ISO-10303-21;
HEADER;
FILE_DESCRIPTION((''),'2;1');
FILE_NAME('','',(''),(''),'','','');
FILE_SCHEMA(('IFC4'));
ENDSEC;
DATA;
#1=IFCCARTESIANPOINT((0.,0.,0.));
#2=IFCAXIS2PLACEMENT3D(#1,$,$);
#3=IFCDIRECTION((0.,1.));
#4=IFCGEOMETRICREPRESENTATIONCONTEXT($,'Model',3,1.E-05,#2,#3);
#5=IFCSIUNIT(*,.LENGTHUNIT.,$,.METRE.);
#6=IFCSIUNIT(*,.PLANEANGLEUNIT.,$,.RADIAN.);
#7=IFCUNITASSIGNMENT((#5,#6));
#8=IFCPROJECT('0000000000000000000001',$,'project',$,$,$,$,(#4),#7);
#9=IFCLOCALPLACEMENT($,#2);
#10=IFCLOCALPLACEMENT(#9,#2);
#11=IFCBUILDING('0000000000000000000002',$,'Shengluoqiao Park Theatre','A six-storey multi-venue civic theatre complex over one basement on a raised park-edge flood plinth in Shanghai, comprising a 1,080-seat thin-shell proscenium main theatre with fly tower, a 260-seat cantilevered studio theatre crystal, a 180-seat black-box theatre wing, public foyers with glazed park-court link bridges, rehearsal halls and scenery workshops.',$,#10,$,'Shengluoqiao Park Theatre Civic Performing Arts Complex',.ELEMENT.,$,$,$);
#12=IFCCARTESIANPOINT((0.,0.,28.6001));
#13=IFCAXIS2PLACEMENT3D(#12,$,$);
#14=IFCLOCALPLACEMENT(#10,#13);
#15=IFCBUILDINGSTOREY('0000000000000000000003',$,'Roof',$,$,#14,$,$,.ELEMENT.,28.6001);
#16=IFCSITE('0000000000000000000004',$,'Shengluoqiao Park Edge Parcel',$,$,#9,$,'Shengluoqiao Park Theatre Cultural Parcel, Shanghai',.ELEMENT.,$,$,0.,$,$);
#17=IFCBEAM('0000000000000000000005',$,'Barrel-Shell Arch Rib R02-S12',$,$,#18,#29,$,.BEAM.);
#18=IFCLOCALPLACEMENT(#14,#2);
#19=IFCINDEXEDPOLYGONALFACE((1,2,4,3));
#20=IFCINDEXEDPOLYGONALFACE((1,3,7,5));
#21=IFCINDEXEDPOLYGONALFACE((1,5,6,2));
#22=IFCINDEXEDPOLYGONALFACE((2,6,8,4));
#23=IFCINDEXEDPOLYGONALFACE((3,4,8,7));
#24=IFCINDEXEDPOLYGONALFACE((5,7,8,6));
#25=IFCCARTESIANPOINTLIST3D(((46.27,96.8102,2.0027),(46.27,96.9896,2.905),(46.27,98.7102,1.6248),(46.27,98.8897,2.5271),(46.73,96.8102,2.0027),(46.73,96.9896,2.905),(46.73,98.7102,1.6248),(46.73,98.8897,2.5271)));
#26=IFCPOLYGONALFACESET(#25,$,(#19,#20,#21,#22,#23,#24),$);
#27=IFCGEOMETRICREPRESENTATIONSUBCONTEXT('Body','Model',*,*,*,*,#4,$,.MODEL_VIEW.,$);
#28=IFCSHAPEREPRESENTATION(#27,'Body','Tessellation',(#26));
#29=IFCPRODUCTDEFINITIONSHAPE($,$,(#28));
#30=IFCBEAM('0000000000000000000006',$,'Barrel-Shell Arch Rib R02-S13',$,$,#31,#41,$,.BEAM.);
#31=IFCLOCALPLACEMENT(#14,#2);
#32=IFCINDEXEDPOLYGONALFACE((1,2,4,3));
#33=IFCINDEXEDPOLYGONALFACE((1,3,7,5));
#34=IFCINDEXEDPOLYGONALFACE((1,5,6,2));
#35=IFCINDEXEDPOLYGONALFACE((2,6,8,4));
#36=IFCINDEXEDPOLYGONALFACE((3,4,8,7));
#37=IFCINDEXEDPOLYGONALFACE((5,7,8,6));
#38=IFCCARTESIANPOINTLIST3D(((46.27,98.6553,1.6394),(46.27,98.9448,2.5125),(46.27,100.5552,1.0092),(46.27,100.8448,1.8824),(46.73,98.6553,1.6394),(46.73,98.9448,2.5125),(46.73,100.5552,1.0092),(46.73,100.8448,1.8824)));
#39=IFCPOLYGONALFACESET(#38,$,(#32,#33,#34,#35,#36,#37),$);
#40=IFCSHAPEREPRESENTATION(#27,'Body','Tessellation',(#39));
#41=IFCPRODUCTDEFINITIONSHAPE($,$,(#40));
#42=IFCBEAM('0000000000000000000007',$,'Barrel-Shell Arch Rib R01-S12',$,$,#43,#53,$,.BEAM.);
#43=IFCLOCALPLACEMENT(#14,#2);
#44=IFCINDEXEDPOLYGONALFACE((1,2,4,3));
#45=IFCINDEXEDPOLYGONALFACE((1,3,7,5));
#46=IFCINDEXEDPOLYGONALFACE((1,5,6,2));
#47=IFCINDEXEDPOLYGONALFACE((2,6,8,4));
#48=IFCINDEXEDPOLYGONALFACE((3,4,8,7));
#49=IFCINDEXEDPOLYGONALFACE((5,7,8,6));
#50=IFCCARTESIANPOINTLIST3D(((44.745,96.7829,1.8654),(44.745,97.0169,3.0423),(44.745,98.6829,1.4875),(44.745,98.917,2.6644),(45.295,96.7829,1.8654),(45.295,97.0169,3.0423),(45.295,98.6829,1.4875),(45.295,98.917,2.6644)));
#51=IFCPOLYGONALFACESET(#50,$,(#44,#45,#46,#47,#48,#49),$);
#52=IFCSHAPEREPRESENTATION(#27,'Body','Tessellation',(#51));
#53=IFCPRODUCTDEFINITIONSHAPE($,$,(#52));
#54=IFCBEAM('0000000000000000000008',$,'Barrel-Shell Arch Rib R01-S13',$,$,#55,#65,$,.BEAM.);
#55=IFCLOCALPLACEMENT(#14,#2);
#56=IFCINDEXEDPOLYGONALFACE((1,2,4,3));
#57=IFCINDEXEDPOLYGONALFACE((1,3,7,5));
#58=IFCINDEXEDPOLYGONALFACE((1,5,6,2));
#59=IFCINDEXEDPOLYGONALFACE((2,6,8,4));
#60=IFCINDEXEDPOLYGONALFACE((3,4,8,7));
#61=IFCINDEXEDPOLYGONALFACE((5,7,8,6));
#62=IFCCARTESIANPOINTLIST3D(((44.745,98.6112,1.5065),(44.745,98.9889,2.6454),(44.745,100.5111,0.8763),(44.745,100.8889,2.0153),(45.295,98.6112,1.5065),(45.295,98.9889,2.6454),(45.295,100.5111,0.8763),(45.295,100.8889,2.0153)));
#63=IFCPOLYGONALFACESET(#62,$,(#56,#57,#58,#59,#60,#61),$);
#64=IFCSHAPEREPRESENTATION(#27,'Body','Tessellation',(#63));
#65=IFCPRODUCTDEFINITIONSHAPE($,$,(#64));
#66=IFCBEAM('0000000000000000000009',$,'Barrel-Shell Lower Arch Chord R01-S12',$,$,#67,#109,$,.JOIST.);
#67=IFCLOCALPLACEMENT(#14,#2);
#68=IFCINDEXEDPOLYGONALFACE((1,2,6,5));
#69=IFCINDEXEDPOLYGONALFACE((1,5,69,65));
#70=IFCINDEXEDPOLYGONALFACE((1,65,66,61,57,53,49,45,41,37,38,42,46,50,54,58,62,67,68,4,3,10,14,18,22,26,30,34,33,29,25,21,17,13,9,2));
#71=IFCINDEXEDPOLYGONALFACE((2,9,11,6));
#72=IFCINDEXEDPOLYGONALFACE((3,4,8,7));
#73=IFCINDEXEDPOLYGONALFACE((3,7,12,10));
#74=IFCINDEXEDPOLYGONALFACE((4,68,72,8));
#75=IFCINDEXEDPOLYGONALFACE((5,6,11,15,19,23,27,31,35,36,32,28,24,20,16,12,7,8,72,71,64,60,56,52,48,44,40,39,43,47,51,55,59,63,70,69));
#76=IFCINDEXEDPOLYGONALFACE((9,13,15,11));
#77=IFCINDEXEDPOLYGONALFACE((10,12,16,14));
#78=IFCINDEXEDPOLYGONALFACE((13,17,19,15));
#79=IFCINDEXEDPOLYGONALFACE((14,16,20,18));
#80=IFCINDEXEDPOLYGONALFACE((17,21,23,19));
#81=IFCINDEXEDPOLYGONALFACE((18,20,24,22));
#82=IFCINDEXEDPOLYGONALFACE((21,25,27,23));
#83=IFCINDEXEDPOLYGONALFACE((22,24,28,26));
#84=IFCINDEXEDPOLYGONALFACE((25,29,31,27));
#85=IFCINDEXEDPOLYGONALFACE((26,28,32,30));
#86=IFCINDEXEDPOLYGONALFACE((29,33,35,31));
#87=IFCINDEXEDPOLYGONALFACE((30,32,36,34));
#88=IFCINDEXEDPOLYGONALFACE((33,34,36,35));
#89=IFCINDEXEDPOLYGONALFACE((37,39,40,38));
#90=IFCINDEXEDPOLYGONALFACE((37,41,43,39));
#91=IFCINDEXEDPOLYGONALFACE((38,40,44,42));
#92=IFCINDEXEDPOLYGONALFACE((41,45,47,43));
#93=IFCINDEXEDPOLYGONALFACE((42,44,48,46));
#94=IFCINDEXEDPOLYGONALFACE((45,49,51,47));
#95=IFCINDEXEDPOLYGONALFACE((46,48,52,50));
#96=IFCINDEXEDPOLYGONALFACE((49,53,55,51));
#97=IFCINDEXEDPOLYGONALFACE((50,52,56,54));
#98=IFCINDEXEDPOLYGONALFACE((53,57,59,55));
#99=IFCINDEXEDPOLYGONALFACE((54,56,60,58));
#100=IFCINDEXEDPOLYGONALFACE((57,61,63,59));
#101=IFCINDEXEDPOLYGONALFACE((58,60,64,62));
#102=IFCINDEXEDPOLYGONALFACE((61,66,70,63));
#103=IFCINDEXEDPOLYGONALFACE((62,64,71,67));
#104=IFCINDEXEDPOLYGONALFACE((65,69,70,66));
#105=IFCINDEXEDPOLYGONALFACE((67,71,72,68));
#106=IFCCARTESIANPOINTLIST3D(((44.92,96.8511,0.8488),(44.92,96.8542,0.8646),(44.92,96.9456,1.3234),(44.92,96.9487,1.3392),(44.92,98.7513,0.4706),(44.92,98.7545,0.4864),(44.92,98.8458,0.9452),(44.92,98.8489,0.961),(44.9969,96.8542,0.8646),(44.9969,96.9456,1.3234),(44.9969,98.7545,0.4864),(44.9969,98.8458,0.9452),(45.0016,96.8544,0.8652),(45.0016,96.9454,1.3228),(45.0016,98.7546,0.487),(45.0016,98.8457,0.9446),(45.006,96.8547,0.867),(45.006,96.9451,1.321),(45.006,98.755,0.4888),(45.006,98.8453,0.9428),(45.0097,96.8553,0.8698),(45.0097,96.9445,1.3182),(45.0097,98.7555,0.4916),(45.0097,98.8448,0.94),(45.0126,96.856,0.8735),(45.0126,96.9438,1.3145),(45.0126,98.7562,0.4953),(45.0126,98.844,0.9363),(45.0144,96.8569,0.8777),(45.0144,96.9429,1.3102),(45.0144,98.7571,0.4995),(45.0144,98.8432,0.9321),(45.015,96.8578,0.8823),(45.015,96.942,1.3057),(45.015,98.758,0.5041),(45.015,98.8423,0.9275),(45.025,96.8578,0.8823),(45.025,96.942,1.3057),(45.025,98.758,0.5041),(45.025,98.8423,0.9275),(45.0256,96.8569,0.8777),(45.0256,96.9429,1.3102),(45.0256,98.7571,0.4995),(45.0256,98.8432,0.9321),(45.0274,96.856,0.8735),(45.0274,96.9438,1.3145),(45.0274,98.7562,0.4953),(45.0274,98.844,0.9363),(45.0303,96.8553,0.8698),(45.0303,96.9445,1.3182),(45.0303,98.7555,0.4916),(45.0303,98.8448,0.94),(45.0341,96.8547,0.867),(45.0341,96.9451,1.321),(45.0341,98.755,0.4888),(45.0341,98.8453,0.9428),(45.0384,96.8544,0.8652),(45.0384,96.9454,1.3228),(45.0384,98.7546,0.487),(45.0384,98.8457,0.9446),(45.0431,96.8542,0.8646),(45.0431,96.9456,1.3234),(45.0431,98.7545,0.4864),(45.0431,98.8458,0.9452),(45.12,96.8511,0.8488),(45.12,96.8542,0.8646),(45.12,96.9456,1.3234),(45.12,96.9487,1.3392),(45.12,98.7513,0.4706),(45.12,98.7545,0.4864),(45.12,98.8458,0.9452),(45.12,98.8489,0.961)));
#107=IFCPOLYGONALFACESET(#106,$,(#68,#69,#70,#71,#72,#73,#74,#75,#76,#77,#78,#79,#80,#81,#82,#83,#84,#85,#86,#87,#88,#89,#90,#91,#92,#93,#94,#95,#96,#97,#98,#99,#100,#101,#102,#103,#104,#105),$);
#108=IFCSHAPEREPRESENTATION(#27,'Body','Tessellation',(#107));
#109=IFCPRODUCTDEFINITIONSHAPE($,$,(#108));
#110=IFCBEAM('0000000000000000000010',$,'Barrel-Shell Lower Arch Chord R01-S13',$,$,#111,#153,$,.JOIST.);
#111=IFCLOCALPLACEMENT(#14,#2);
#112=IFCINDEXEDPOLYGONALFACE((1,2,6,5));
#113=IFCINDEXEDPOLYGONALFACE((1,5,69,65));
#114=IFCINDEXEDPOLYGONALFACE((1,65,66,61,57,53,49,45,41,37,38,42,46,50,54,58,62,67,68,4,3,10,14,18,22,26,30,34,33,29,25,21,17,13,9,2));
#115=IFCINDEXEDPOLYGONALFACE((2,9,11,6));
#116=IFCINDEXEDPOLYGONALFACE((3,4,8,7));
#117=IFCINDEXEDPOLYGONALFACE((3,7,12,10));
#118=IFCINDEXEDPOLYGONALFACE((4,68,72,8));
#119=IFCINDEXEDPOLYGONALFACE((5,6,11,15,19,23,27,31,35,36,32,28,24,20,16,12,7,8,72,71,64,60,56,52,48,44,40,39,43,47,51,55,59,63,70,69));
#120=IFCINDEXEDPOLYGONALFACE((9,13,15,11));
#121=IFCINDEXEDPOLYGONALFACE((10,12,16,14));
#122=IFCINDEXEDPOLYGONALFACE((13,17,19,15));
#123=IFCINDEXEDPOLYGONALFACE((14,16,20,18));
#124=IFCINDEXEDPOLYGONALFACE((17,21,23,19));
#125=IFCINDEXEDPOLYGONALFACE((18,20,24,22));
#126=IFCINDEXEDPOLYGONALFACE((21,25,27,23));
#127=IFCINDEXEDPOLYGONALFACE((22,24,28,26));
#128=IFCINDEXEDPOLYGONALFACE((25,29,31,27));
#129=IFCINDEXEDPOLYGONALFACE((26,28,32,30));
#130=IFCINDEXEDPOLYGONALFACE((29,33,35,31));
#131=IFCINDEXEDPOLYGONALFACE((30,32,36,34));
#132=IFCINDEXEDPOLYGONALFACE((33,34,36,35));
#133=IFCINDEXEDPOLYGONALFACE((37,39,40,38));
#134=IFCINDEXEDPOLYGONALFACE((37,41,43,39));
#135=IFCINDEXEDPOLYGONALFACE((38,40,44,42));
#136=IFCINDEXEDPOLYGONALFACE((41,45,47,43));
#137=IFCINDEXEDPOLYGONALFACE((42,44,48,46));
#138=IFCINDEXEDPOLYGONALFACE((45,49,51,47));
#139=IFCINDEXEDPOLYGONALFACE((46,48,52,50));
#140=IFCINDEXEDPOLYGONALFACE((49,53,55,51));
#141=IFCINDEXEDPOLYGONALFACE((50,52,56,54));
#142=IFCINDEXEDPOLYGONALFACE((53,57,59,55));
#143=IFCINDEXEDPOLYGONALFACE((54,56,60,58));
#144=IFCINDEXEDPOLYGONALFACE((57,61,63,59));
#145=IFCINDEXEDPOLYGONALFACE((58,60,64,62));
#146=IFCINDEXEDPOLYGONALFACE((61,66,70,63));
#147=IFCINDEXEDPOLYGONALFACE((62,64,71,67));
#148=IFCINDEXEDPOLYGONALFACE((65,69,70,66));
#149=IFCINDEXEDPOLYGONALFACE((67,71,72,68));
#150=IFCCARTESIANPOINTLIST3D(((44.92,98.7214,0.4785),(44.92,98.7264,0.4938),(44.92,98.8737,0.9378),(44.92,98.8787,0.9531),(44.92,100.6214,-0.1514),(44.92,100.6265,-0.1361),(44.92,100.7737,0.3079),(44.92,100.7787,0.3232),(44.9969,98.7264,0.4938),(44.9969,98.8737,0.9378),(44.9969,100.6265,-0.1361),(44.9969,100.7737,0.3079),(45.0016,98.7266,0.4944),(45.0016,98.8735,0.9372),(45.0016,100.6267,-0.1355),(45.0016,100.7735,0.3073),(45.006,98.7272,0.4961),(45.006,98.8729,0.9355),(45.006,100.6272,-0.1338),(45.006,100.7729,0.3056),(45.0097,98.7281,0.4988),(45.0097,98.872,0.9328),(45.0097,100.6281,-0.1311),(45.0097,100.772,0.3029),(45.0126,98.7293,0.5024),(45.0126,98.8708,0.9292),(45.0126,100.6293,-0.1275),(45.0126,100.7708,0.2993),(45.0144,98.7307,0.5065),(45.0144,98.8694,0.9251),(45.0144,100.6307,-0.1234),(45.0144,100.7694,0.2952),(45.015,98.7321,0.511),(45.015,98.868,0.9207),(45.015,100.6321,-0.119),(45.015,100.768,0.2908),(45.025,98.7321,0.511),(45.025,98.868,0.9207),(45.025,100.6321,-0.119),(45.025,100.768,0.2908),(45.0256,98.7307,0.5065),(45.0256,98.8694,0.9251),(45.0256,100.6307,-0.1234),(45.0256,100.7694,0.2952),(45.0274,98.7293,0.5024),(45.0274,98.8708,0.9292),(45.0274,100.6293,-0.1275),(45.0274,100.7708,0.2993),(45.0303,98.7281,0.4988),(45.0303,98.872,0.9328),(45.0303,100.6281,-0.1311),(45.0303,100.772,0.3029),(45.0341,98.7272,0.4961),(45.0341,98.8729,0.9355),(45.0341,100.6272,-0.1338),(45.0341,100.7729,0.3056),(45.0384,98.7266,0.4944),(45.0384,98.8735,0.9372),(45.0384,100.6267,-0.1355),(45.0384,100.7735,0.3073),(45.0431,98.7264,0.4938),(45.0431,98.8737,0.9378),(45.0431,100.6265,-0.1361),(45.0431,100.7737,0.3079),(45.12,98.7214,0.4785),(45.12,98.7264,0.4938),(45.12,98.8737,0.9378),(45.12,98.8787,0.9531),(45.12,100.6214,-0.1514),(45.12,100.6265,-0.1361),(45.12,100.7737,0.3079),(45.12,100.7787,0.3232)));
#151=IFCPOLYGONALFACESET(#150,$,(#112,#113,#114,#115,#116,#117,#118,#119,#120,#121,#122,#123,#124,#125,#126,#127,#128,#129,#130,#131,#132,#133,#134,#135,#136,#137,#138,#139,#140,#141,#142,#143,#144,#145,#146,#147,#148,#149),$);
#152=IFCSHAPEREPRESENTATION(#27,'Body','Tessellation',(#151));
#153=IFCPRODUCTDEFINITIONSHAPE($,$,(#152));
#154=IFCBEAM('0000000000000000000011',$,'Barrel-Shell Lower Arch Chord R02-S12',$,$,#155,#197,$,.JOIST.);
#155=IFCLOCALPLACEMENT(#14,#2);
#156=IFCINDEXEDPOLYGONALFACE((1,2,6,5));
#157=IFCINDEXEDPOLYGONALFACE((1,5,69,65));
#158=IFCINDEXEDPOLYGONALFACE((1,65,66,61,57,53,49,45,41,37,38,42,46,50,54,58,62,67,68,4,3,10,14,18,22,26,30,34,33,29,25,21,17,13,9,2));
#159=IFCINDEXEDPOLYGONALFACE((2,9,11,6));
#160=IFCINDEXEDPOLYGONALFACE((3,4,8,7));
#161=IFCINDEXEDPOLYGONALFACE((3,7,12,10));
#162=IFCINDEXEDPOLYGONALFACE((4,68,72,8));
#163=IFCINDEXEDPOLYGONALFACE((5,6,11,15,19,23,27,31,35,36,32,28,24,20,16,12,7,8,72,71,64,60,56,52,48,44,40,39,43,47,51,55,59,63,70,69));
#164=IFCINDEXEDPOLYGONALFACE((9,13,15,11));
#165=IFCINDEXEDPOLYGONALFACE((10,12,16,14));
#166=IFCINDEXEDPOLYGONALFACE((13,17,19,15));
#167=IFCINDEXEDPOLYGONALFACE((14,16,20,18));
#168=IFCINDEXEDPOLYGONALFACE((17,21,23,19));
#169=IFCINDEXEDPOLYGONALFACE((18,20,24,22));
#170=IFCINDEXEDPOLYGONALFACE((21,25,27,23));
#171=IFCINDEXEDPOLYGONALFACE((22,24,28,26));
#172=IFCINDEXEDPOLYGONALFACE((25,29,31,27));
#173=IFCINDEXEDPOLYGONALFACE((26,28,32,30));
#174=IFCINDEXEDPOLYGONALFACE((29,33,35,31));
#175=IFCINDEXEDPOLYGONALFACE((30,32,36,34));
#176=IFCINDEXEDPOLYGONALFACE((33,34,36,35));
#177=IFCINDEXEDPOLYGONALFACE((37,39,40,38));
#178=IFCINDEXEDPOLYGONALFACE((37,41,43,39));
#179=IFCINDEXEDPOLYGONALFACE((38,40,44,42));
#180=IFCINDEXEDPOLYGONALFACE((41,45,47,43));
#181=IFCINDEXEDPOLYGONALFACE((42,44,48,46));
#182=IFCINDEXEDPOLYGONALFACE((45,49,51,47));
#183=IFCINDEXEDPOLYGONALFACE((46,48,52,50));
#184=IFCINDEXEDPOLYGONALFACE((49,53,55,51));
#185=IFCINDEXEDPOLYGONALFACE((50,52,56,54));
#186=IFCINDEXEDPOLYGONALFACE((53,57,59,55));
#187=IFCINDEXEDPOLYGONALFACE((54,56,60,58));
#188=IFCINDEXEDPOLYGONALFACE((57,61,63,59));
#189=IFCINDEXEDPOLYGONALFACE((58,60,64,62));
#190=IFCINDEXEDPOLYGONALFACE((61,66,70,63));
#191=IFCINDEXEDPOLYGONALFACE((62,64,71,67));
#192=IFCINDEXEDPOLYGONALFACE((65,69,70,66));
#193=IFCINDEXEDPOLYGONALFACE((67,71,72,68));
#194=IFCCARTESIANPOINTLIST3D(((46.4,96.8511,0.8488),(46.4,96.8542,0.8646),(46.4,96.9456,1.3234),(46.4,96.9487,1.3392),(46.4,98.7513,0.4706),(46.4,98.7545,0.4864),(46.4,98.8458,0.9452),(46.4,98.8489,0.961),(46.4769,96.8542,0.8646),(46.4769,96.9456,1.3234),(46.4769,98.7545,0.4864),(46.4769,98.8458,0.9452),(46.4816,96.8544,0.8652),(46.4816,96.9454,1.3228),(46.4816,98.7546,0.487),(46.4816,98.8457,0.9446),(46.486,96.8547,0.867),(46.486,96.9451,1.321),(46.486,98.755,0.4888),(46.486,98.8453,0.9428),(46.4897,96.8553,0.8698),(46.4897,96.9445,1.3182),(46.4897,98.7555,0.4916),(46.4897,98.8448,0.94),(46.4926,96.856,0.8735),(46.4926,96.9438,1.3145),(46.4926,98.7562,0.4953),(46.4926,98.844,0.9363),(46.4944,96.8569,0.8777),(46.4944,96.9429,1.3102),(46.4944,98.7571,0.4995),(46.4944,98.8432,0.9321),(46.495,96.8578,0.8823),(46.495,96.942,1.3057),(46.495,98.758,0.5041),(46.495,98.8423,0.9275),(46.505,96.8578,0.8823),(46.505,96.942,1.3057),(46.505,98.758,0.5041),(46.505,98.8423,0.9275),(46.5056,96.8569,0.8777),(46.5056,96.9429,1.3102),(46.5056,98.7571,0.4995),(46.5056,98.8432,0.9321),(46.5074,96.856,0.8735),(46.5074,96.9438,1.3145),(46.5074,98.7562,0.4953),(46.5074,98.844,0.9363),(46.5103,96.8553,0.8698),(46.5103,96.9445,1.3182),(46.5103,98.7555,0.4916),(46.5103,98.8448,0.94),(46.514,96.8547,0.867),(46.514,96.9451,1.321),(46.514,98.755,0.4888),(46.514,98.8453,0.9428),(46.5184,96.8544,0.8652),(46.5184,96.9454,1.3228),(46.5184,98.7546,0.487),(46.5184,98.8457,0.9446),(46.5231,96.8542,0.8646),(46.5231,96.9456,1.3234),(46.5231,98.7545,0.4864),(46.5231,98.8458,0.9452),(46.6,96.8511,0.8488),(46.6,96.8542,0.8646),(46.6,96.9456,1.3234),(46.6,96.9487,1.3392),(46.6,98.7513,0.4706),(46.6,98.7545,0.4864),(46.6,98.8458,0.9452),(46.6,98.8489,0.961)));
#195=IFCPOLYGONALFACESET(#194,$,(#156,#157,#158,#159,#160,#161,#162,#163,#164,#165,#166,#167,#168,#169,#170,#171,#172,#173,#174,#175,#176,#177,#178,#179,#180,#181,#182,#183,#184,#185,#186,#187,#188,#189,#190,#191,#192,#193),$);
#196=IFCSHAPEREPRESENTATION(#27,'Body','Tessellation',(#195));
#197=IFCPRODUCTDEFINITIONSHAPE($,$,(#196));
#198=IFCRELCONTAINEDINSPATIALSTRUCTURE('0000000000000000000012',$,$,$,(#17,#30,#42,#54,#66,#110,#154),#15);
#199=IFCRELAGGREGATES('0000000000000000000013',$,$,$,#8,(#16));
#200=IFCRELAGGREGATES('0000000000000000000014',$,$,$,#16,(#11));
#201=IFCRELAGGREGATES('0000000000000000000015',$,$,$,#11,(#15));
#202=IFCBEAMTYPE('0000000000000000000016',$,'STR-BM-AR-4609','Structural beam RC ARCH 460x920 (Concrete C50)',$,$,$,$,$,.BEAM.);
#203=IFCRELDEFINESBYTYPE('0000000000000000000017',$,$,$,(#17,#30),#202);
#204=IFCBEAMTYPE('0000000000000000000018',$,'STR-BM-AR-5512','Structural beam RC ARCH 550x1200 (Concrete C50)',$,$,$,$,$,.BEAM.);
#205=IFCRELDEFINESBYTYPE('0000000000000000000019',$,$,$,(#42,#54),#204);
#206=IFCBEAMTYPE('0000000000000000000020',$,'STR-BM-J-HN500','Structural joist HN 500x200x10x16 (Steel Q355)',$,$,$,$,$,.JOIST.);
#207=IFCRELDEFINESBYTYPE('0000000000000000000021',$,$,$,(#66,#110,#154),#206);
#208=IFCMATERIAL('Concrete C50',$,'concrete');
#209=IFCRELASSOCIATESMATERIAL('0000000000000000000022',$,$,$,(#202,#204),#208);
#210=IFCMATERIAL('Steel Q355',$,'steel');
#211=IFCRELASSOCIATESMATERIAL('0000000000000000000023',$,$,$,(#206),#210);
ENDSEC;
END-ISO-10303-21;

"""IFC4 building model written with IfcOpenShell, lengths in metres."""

from ifc_helpers import new_model, si_unit, direction, frame, origin, origin_2d, place, context, subcontext, project, spatial, rectangle, i_section, extrude, material, material_profile, profile_set, type_object, element, save


model = new_model("IFC4")

# Units and contexts
model_context = context("Model", 3, precision=1e-05, world=origin(), true_north=direction((0.0, 1.0)))
body_context = subcontext(model_context, "Body", "Model", "MODEL_VIEW")
ifc_project = project(units=[si_unit("LENGTHUNIT", "METRE"), si_unit("PLANEANGLEUNIT", "RADIAN")], contexts=[model_context])

# Site, building, storey
site_placement = place(None, origin())
site = spatial("IfcSite", under=ifc_project, at=site_placement, Name="Shengluoqiao Park Edge Parcel", LongName="Shengluoqiao Park Theatre Cultural Parcel, Shanghai", CompositionType="ELEMENT", RefElevation=0.0)
building_placement = place(site_placement, origin())
building = spatial("IfcBuilding", under=site, at=building_placement, Name="Shengluoqiao Park Theatre", Description="A six-storey multi-venue civic theatre complex over one basement on a raised park-edge flood plinth in Shanghai, comprising a 1,080-seat thin-shell proscenium main theatre with fly tower, a 260-seat cantilevered studio theatre crystal, a 180-seat black-box theatre wing, public foyers with glazed park-court link bridges, rehearsal halls and scenery workshops.", LongName="Shengluoqiao Park Theatre Civic Performing Arts Complex", CompositionType="ELEMENT")
storey_placement = place(building_placement, frame((0.0, 0.0, 28.6001)))
storey = spatial("IfcBuildingStorey", under=building, at=storey_placement, Name="Roof", CompositionType="ELEMENT", Elevation=28.6001)

# Beams
ifc_material_1 = material(Name="Concrete C50", Category="concrete")
ifc_material_profile_1 = material_profile(ifc_material_1, rectangle(XDim=0.46, YDim=0.9199, at=origin_2d()), Name="RC ARCH 460x920")
ifc_profile_set_1 = profile_set([ifc_material_profile_1], Name="Concrete C50")
beam_type_1 = type_object("IfcBeamType", Name="STR-BM-AR-4609", Description="Structural beam RC ARCH 460x920 (Concrete C50)", PredefinedType="BEAM", material=ifc_profile_set_1)
beam_1_placement = place(storey_placement, frame((46.5, 96.8999, 2.4539), z_axis=(0.0, 0.980789, -0.195074), x_axis=(-1.0, 0.0, 0.0)))
element("IfcBeam", 1, at=beam_1_placement, inside=storey, type_object=beam_type_1, Name="Barrel-Shell Arch Rib R02-S12", PredefinedType="BEAM", context=body_context, shape_type="SweptSolid", body=[
    extrude(rectangle(XDim=0.46, YDim=0.9199, at=origin_2d()), origin(), (0.0, 0.0, 1.0), 1.9373),
])
beam_2_placement = place(storey_placement, frame((46.5, 98.8, 2.0759), z_axis=(0.0, 0.949158, -0.3148), x_axis=(-1.0, 0.0, 0.0)))
element("IfcBeam", 2, at=beam_2_placement, inside=storey, type_object=beam_type_1, Name="Barrel-Shell Arch Rib R02-S13", PredefinedType="BEAM", context=body_context, shape_type="SweptSolid", body=[
    extrude(rectangle(XDim=0.46, YDim=0.9199, at=origin_2d()), origin(), (0.0, 0.0, 1.0), 2.0017),
])
ifc_material_profile_2 = material_profile(ifc_material_1, rectangle(XDim=0.55, YDim=1.2, at=origin_2d()), Name="RC ARCH 550x1200")
ifc_profile_set_2 = profile_set([ifc_material_profile_2], Name="Concrete C50")
beam_type_2 = type_object("IfcBeamType", Name="STR-BM-AR-5512", Description="Structural beam RC ARCH 550x1200 (Concrete C50)", PredefinedType="BEAM", material=ifc_profile_set_2)
beam_3_placement = place(storey_placement, frame((45.02, 96.8999, 2.4539), z_axis=(0.0, 0.980789, -0.195074), x_axis=(-1.0, 0.0, 0.0)))
element("IfcBeam", 3, at=beam_3_placement, inside=storey, type_object=beam_type_2, Name="Barrel-Shell Arch Rib R01-S12", PredefinedType="BEAM", context=body_context, shape_type="SweptSolid", body=[
    extrude(rectangle(XDim=0.55, YDim=1.2, at=origin_2d()), origin(), (0.0, 0.0, 1.0), 1.9373),
])
beam_4_placement = place(storey_placement, frame((45.02, 98.8, 2.0759), z_axis=(0.0, 0.949158, -0.3148), x_axis=(-1.0, 0.0, 0.0)))
element("IfcBeam", 4, at=beam_4_placement, inside=storey, type_object=beam_type_2, Name="Barrel-Shell Arch Rib R01-S13", PredefinedType="BEAM", context=body_context, shape_type="SweptSolid", body=[
    extrude(rectangle(XDim=0.55, YDim=1.2, at=origin_2d()), origin(), (0.0, 0.0, 1.0), 2.0017),
])
ifc_material_2 = material(Name="Steel Q355", Category="steel")
ifc_material_profile_3 = material_profile(ifc_material_2, i_section(OverallWidth=0.2, OverallDepth=0.5, WebThickness=0.01, FlangeThickness=0.0161, FilletRadius=0.0181, at=origin_2d()), Name="HN 500x200x10x16")
ifc_profile_set_3 = profile_set([ifc_material_profile_3], Name="Steel Q355")
beam_type_3 = type_object("IfcBeamType", Name="STR-BM-J-HN500", Description="Structural joist HN 500x200x10x16 (Steel Q355)", PredefinedType="JOIST", material=ifc_profile_set_3)
beam_5_placement = place(storey_placement, frame((45.02, 96.8999, 1.094), z_axis=(0.0, 0.980764, -0.195195), x_axis=(-1.0, 0.0, 0.0)))
element("IfcBeam", 5, at=beam_5_placement, inside=storey, type_object=beam_type_3, Name="Barrel-Shell Lower Arch Chord R01-S12", PredefinedType="JOIST", context=body_context, shape_type="SweptSolid", body=[
    extrude(i_section(OverallWidth=0.2, OverallDepth=0.5, WebThickness=0.01, FlangeThickness=0.0161, FilletRadius=0.0181, at=origin_2d()), origin(), (0.0, 0.0, 1.0), 1.9375),
])
beam_6_placement = place(storey_placement, frame((45.02, 98.8, 0.7158), z_axis=(0.0, 0.949194, -0.31469), x_axis=(-1.0, 0.0, 0.0)))
element("IfcBeam", 6, at=beam_6_placement, inside=storey, type_object=beam_type_3, Name="Barrel-Shell Lower Arch Chord R01-S13", PredefinedType="JOIST", context=body_context, shape_type="SweptSolid", body=[
    extrude(i_section(OverallWidth=0.2, OverallDepth=0.5, WebThickness=0.01, FlangeThickness=0.0161, FilletRadius=0.0181, at=origin_2d()), origin(), (0.0, 0.0, 1.0), 2.0017),
])
beam_7_placement = place(storey_placement, frame((46.5, 96.8999, 1.094), z_axis=(0.0, 0.980764, -0.195195), x_axis=(-1.0, 0.0, 0.0)))
element("IfcBeam", 7, at=beam_7_placement, inside=storey, type_object=beam_type_3, Name="Barrel-Shell Lower Arch Chord R02-S12", PredefinedType="JOIST", context=body_context, shape_type="SweptSolid", body=[
    extrude(i_section(OverallWidth=0.2, OverallDepth=0.5, WebThickness=0.01, FlangeThickness=0.0161, FilletRadius=0.0181, at=origin_2d()), origin(), (0.0, 0.0, 1.0), 1.9375),
])

save(model, "model.ifc")
